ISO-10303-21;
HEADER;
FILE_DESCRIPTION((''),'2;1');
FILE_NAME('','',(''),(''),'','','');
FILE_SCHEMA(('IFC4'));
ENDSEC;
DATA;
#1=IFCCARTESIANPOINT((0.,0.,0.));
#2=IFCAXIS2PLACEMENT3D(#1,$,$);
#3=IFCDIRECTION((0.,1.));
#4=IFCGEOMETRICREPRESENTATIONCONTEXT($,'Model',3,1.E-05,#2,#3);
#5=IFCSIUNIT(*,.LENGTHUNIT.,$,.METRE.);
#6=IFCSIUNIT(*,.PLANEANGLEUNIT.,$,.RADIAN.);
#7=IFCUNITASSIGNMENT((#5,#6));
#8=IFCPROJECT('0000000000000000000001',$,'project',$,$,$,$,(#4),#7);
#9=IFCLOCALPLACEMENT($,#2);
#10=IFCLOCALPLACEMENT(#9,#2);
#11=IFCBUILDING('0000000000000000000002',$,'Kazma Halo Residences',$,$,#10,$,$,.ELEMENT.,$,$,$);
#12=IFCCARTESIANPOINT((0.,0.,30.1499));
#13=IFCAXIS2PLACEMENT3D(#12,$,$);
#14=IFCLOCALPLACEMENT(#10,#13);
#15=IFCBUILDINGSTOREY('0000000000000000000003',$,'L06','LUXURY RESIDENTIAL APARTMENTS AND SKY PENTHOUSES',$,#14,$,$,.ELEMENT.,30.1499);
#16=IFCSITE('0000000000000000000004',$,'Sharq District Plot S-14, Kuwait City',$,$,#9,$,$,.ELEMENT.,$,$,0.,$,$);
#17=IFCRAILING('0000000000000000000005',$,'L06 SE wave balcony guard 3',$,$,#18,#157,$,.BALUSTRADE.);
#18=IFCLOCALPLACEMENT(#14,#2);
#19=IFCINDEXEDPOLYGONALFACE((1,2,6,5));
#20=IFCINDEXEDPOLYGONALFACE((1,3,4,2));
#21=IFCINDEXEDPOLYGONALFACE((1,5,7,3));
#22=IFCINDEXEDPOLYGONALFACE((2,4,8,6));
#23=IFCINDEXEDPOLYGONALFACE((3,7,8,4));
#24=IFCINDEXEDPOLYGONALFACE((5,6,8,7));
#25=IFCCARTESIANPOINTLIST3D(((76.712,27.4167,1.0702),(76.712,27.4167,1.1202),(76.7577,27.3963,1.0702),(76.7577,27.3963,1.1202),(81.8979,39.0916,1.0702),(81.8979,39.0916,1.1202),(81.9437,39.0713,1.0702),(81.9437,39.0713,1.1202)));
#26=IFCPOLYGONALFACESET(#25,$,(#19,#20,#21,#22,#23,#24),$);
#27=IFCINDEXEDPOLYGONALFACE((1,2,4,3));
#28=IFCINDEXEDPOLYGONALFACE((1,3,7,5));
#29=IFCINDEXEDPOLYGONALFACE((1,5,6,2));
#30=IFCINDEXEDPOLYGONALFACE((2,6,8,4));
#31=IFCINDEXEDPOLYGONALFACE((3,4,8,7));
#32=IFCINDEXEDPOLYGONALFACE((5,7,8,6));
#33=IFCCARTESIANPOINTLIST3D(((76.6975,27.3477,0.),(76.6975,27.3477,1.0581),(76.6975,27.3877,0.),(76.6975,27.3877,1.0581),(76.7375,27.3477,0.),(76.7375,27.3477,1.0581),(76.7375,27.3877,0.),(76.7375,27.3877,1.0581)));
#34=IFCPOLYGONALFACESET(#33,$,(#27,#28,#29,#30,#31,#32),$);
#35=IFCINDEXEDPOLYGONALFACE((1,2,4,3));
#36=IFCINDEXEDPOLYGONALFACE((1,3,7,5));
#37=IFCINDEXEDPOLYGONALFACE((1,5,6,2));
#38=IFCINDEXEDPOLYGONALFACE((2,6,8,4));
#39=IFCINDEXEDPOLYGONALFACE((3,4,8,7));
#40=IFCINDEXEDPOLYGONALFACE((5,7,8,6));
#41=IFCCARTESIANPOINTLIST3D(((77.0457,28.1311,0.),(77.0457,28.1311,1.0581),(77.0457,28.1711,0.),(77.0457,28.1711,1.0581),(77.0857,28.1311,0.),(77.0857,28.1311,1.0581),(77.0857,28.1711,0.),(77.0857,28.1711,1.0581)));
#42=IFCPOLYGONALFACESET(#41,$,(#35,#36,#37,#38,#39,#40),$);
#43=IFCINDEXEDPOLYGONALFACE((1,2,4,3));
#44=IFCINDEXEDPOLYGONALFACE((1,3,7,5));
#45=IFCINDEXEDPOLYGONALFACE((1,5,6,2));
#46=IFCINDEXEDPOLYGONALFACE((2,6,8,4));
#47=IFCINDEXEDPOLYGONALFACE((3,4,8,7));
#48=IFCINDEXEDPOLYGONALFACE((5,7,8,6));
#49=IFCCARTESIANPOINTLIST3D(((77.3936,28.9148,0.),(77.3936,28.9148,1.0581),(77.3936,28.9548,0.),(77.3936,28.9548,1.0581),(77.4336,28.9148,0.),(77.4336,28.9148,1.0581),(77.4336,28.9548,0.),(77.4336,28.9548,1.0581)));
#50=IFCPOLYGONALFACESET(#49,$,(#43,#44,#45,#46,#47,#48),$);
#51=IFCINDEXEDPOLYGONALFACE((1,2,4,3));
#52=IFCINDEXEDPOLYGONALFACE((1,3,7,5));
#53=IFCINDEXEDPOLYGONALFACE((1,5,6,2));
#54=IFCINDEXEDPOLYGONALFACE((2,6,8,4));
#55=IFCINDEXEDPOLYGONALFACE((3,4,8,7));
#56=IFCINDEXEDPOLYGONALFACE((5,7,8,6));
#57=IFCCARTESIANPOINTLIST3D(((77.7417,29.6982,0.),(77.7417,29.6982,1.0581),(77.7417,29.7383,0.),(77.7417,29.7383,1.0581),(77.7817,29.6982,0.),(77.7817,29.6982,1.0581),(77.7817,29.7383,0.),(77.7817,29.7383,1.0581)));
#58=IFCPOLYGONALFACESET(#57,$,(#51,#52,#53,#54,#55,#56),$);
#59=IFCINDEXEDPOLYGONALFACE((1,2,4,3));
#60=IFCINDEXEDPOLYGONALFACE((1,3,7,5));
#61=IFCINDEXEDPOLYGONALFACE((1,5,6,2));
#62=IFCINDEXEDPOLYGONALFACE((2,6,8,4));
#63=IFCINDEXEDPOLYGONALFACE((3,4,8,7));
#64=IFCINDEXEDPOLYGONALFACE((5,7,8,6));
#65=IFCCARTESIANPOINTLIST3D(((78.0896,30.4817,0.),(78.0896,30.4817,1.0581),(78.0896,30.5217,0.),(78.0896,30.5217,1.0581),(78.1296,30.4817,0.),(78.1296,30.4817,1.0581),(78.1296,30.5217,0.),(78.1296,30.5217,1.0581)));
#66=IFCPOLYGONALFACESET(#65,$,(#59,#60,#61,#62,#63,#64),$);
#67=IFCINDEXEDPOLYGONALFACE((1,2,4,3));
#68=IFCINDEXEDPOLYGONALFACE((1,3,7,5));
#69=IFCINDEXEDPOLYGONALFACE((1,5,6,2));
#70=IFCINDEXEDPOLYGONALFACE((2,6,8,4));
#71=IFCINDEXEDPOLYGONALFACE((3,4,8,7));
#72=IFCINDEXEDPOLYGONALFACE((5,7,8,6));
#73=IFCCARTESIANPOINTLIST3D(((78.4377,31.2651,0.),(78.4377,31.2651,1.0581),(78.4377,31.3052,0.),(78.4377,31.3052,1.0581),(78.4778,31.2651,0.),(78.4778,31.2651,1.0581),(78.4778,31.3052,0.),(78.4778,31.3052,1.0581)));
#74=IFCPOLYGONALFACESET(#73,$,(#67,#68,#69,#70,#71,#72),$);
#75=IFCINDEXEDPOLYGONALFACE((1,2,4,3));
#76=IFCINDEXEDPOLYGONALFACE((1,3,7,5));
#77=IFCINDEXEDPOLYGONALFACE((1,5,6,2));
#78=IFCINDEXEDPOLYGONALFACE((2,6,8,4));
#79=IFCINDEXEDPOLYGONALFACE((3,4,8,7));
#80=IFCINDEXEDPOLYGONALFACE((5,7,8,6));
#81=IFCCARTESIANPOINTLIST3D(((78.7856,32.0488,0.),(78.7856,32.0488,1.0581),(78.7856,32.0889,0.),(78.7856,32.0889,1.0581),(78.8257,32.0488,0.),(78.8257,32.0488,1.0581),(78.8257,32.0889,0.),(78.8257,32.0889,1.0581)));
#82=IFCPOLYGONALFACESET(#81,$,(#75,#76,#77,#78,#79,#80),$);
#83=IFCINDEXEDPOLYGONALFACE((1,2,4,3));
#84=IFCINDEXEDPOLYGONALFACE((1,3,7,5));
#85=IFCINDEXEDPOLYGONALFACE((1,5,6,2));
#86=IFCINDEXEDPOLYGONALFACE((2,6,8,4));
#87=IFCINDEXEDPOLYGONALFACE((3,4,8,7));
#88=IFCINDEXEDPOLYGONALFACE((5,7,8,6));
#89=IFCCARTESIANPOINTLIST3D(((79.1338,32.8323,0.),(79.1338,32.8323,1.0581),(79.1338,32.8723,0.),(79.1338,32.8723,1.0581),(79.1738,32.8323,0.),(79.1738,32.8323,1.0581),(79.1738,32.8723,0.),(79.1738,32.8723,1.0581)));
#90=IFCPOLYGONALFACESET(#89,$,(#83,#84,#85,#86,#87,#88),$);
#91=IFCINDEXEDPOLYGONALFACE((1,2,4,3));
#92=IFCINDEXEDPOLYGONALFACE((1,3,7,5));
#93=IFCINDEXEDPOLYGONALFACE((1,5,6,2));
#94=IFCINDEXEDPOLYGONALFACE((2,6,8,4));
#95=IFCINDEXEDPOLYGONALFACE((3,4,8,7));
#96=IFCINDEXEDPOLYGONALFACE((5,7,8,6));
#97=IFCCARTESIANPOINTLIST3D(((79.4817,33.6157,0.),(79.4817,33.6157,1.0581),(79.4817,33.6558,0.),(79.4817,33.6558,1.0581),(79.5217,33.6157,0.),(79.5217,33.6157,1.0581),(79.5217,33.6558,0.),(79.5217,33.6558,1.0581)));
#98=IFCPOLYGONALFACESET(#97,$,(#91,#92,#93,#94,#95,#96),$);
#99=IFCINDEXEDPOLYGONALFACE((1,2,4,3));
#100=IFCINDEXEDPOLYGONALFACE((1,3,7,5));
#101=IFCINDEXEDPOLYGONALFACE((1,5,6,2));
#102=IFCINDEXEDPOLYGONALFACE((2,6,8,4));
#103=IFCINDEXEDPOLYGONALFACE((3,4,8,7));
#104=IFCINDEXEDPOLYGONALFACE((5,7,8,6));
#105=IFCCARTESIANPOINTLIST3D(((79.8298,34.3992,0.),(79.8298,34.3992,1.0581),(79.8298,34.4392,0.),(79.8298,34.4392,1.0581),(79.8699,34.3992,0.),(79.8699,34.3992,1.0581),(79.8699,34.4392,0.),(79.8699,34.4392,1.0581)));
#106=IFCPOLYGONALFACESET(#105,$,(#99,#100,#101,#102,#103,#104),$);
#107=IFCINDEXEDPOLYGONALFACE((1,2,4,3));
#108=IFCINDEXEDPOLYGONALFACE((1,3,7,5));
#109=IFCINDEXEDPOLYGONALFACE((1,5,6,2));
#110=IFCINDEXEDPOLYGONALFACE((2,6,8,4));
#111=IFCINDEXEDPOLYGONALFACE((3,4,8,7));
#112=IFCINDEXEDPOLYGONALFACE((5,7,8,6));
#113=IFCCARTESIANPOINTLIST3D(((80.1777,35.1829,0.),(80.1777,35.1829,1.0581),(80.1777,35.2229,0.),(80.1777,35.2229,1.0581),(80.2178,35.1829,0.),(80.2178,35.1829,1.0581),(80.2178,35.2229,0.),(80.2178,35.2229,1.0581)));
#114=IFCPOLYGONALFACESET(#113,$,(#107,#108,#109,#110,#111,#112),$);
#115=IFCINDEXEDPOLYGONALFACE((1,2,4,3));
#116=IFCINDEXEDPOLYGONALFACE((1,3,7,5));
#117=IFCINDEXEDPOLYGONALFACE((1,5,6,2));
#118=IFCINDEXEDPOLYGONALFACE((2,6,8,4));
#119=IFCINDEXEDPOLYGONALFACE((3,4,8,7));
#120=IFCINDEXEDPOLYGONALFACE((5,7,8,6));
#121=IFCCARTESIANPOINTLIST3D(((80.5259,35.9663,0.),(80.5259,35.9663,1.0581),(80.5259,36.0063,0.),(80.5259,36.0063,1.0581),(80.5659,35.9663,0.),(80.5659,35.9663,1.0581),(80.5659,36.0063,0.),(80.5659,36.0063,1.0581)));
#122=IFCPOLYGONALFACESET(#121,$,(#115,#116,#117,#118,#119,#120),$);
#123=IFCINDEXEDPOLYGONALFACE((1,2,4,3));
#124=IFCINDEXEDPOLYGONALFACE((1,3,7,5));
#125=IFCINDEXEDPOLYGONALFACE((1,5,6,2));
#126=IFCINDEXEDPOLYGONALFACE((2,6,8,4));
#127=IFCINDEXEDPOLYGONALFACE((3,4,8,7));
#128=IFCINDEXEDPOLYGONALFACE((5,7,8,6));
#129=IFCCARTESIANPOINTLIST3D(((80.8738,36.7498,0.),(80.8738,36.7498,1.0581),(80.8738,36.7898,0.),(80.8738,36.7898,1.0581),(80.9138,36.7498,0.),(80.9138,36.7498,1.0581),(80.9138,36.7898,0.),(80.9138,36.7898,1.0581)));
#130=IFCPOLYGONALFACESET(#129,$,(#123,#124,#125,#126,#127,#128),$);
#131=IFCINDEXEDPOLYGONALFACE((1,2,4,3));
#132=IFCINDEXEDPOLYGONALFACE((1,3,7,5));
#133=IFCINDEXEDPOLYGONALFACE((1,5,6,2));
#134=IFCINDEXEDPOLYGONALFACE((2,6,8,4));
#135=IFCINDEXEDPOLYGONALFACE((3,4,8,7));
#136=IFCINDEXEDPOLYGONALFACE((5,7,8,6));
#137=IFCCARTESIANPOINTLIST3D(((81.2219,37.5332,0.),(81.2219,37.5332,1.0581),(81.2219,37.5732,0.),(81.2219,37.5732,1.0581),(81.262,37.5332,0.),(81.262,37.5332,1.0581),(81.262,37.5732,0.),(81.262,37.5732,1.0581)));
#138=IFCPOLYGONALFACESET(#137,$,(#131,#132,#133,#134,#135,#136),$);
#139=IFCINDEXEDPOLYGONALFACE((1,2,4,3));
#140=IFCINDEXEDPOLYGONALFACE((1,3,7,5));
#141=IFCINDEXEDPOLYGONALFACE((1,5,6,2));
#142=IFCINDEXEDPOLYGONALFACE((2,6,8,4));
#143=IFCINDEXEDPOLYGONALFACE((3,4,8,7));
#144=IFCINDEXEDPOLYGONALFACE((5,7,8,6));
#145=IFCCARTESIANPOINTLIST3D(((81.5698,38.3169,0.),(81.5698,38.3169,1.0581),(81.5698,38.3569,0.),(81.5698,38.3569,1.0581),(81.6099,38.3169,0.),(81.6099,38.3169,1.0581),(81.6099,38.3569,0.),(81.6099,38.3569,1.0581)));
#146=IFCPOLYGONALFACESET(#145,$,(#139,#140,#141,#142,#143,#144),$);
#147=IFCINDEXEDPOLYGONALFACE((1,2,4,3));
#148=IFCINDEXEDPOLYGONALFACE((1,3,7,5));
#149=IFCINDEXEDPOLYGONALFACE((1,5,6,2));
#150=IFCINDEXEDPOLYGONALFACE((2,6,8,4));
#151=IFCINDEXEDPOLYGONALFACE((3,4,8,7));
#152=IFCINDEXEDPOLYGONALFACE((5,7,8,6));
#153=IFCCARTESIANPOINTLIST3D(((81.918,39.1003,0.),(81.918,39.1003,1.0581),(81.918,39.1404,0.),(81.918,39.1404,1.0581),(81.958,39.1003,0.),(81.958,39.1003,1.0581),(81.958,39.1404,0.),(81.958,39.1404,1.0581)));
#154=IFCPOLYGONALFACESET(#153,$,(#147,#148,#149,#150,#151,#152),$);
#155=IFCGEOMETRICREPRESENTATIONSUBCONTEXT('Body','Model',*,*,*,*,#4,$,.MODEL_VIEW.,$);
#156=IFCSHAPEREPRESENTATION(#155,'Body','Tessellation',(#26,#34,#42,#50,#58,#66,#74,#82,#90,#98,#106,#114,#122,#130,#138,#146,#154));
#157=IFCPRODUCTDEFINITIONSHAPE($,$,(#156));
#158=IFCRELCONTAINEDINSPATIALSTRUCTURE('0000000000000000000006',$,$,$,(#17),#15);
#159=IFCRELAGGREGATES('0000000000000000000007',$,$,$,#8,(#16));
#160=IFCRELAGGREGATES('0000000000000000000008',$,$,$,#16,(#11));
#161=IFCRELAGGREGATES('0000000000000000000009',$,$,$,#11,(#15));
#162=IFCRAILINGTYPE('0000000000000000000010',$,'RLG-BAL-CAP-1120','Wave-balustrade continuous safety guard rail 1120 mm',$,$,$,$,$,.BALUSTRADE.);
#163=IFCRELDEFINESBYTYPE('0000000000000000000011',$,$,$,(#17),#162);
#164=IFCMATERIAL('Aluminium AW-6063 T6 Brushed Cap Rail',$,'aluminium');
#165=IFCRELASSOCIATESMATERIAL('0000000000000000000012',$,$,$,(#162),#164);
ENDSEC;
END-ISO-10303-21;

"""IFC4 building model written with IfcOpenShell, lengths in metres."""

from ifc_helpers import new_model, si_unit, direction, frame, origin, origin_2d, place, context, subcontext, project, spatial, rectangle, extrude, material, type_object, element, save


model = new_model("IFC4")

# Units and contexts
model_context = context("Model", 3, precision=1e-05, world=origin(), true_north=direction((0.0, 1.0)))
body_context = subcontext(model_context, "Body", "Model", "MODEL_VIEW")
ifc_project = project(units=[si_unit("LENGTHUNIT", "METRE"), si_unit("PLANEANGLEUNIT", "RADIAN")], contexts=[model_context])

# Site, building, storey
site_placement = place(None, origin())
site = spatial("IfcSite", under=ifc_project, at=site_placement, Name="Sharq District Plot S-14, Kuwait City", CompositionType="ELEMENT", RefElevation=0.0)
building_placement = place(site_placement, origin())
building = spatial("IfcBuilding", under=site, at=building_placement, Name="Kazma Halo Residences", CompositionType="ELEMENT")
storey_placement = place(building_placement, frame((0.0, 0.0, 30.1499)))
storey = spatial("IfcBuildingStorey", under=building, at=storey_placement, Name="L06", Description="LUXURY RESIDENTIAL APARTMENTS AND SKY PENTHOUSES", CompositionType="ELEMENT", Elevation=30.1499)

# Railing
ifc_material_1 = material(Name="Aluminium AW-6063 T6 Brushed Cap Rail", Category="aluminium")
railing_type = type_object("IfcRailingType", Name="RLG-BAL-CAP-1120", Description="Wave-balustrade continuous safety guard rail 1120 mm", PredefinedType="BALUSTRADE", material=ifc_material_1)
railing_1_placement = place(storey_placement, frame((76.7175, 27.3677, 0.0)))
element("IfcRailing", 1, at=railing_1_placement, inside=storey, type_object=railing_type, Name="L06 SE wave balcony guard 3", PredefinedType="BALUSTRADE", context=body_context, shape_type="SweptSolid", body=[
    extrude(rectangle(XDim=0.05, YDim=0.05, at=origin_2d()), frame((0.0173, 0.0388, 1.0952), z_axis=(0.405946, 0.913897, 0.0), x_axis=(-0.913897, 0.405946, 0.0)), (0.0, 0.0, 1.0), 12.7749),
    extrude(rectangle(XDim=0.04, YDim=0.04, at=origin_2d()), origin(), (0.0, 0.0, 1.0), 1.0581),
    extrude(rectangle(XDim=0.04, YDim=0.04, at=origin_2d()), frame((0.3481, 0.7834, 0.0)), (0.0, 0.0, 1.0), 1.0581),
    extrude(rectangle(XDim=0.04, YDim=0.04, at=origin_2d()), frame((0.696, 1.5671, 0.0)), (0.0, 0.0, 1.0), 1.0581),
    extrude(rectangle(XDim=0.04, YDim=0.04, at=origin_2d()), frame((1.0442, 2.3506, 0.0)), (0.0, 0.0, 1.0), 1.0581),
    extrude(rectangle(XDim=0.04, YDim=0.04, at=origin_2d()), frame((1.3921, 3.134, 0.0)), (0.0, 0.0, 1.0), 1.0581),
    extrude(rectangle(XDim=0.04, YDim=0.04, at=origin_2d()), frame((1.7402, 3.9175, 0.0)), (0.0, 0.0, 1.0), 1.0581),
    extrude(rectangle(XDim=0.04, YDim=0.04, at=origin_2d()), frame((2.0881, 4.7012, 0.0)), (0.0, 0.0, 1.0), 1.0581),
    extrude(rectangle(XDim=0.04, YDim=0.04, at=origin_2d()), frame((2.4363, 5.4846, 0.0)), (0.0, 0.0, 1.0), 1.0581),
    extrude(rectangle(XDim=0.04, YDim=0.04, at=origin_2d()), frame((2.7842, 6.2681, 0.0)), (0.0, 0.0, 1.0), 1.0581),
    extrude(rectangle(XDim=0.04, YDim=0.04, at=origin_2d()), frame((3.1323, 7.0515, 0.0)), (0.0, 0.0, 1.0), 1.0581),
    extrude(rectangle(XDim=0.04, YDim=0.04, at=origin_2d()), frame((3.4802, 7.8352, 0.0)), (0.0, 0.0, 1.0), 1.0581),
    extrude(rectangle(XDim=0.04, YDim=0.04, at=origin_2d()), frame((3.8284, 8.6187, 0.0)), (0.0, 0.0, 1.0), 1.0581),
    extrude(rectangle(XDim=0.04, YDim=0.04, at=origin_2d()), frame((4.1763, 9.4021, 0.0)), (0.0, 0.0, 1.0), 1.0581),
    extrude(rectangle(XDim=0.04, YDim=0.04, at=origin_2d()), frame((4.5244, 10.1855, 0.0)), (0.0, 0.0, 1.0), 1.0581),
    extrude(rectangle(XDim=0.04, YDim=0.04, at=origin_2d()), frame((4.8723, 10.9692, 0.0)), (0.0, 0.0, 1.0), 1.0581),
    extrude(rectangle(XDim=0.04, YDim=0.04, at=origin_2d()), frame((5.2205, 11.7527, 0.0)), (0.0, 0.0, 1.0), 1.0581),
])

save(model, "model.ifc")
